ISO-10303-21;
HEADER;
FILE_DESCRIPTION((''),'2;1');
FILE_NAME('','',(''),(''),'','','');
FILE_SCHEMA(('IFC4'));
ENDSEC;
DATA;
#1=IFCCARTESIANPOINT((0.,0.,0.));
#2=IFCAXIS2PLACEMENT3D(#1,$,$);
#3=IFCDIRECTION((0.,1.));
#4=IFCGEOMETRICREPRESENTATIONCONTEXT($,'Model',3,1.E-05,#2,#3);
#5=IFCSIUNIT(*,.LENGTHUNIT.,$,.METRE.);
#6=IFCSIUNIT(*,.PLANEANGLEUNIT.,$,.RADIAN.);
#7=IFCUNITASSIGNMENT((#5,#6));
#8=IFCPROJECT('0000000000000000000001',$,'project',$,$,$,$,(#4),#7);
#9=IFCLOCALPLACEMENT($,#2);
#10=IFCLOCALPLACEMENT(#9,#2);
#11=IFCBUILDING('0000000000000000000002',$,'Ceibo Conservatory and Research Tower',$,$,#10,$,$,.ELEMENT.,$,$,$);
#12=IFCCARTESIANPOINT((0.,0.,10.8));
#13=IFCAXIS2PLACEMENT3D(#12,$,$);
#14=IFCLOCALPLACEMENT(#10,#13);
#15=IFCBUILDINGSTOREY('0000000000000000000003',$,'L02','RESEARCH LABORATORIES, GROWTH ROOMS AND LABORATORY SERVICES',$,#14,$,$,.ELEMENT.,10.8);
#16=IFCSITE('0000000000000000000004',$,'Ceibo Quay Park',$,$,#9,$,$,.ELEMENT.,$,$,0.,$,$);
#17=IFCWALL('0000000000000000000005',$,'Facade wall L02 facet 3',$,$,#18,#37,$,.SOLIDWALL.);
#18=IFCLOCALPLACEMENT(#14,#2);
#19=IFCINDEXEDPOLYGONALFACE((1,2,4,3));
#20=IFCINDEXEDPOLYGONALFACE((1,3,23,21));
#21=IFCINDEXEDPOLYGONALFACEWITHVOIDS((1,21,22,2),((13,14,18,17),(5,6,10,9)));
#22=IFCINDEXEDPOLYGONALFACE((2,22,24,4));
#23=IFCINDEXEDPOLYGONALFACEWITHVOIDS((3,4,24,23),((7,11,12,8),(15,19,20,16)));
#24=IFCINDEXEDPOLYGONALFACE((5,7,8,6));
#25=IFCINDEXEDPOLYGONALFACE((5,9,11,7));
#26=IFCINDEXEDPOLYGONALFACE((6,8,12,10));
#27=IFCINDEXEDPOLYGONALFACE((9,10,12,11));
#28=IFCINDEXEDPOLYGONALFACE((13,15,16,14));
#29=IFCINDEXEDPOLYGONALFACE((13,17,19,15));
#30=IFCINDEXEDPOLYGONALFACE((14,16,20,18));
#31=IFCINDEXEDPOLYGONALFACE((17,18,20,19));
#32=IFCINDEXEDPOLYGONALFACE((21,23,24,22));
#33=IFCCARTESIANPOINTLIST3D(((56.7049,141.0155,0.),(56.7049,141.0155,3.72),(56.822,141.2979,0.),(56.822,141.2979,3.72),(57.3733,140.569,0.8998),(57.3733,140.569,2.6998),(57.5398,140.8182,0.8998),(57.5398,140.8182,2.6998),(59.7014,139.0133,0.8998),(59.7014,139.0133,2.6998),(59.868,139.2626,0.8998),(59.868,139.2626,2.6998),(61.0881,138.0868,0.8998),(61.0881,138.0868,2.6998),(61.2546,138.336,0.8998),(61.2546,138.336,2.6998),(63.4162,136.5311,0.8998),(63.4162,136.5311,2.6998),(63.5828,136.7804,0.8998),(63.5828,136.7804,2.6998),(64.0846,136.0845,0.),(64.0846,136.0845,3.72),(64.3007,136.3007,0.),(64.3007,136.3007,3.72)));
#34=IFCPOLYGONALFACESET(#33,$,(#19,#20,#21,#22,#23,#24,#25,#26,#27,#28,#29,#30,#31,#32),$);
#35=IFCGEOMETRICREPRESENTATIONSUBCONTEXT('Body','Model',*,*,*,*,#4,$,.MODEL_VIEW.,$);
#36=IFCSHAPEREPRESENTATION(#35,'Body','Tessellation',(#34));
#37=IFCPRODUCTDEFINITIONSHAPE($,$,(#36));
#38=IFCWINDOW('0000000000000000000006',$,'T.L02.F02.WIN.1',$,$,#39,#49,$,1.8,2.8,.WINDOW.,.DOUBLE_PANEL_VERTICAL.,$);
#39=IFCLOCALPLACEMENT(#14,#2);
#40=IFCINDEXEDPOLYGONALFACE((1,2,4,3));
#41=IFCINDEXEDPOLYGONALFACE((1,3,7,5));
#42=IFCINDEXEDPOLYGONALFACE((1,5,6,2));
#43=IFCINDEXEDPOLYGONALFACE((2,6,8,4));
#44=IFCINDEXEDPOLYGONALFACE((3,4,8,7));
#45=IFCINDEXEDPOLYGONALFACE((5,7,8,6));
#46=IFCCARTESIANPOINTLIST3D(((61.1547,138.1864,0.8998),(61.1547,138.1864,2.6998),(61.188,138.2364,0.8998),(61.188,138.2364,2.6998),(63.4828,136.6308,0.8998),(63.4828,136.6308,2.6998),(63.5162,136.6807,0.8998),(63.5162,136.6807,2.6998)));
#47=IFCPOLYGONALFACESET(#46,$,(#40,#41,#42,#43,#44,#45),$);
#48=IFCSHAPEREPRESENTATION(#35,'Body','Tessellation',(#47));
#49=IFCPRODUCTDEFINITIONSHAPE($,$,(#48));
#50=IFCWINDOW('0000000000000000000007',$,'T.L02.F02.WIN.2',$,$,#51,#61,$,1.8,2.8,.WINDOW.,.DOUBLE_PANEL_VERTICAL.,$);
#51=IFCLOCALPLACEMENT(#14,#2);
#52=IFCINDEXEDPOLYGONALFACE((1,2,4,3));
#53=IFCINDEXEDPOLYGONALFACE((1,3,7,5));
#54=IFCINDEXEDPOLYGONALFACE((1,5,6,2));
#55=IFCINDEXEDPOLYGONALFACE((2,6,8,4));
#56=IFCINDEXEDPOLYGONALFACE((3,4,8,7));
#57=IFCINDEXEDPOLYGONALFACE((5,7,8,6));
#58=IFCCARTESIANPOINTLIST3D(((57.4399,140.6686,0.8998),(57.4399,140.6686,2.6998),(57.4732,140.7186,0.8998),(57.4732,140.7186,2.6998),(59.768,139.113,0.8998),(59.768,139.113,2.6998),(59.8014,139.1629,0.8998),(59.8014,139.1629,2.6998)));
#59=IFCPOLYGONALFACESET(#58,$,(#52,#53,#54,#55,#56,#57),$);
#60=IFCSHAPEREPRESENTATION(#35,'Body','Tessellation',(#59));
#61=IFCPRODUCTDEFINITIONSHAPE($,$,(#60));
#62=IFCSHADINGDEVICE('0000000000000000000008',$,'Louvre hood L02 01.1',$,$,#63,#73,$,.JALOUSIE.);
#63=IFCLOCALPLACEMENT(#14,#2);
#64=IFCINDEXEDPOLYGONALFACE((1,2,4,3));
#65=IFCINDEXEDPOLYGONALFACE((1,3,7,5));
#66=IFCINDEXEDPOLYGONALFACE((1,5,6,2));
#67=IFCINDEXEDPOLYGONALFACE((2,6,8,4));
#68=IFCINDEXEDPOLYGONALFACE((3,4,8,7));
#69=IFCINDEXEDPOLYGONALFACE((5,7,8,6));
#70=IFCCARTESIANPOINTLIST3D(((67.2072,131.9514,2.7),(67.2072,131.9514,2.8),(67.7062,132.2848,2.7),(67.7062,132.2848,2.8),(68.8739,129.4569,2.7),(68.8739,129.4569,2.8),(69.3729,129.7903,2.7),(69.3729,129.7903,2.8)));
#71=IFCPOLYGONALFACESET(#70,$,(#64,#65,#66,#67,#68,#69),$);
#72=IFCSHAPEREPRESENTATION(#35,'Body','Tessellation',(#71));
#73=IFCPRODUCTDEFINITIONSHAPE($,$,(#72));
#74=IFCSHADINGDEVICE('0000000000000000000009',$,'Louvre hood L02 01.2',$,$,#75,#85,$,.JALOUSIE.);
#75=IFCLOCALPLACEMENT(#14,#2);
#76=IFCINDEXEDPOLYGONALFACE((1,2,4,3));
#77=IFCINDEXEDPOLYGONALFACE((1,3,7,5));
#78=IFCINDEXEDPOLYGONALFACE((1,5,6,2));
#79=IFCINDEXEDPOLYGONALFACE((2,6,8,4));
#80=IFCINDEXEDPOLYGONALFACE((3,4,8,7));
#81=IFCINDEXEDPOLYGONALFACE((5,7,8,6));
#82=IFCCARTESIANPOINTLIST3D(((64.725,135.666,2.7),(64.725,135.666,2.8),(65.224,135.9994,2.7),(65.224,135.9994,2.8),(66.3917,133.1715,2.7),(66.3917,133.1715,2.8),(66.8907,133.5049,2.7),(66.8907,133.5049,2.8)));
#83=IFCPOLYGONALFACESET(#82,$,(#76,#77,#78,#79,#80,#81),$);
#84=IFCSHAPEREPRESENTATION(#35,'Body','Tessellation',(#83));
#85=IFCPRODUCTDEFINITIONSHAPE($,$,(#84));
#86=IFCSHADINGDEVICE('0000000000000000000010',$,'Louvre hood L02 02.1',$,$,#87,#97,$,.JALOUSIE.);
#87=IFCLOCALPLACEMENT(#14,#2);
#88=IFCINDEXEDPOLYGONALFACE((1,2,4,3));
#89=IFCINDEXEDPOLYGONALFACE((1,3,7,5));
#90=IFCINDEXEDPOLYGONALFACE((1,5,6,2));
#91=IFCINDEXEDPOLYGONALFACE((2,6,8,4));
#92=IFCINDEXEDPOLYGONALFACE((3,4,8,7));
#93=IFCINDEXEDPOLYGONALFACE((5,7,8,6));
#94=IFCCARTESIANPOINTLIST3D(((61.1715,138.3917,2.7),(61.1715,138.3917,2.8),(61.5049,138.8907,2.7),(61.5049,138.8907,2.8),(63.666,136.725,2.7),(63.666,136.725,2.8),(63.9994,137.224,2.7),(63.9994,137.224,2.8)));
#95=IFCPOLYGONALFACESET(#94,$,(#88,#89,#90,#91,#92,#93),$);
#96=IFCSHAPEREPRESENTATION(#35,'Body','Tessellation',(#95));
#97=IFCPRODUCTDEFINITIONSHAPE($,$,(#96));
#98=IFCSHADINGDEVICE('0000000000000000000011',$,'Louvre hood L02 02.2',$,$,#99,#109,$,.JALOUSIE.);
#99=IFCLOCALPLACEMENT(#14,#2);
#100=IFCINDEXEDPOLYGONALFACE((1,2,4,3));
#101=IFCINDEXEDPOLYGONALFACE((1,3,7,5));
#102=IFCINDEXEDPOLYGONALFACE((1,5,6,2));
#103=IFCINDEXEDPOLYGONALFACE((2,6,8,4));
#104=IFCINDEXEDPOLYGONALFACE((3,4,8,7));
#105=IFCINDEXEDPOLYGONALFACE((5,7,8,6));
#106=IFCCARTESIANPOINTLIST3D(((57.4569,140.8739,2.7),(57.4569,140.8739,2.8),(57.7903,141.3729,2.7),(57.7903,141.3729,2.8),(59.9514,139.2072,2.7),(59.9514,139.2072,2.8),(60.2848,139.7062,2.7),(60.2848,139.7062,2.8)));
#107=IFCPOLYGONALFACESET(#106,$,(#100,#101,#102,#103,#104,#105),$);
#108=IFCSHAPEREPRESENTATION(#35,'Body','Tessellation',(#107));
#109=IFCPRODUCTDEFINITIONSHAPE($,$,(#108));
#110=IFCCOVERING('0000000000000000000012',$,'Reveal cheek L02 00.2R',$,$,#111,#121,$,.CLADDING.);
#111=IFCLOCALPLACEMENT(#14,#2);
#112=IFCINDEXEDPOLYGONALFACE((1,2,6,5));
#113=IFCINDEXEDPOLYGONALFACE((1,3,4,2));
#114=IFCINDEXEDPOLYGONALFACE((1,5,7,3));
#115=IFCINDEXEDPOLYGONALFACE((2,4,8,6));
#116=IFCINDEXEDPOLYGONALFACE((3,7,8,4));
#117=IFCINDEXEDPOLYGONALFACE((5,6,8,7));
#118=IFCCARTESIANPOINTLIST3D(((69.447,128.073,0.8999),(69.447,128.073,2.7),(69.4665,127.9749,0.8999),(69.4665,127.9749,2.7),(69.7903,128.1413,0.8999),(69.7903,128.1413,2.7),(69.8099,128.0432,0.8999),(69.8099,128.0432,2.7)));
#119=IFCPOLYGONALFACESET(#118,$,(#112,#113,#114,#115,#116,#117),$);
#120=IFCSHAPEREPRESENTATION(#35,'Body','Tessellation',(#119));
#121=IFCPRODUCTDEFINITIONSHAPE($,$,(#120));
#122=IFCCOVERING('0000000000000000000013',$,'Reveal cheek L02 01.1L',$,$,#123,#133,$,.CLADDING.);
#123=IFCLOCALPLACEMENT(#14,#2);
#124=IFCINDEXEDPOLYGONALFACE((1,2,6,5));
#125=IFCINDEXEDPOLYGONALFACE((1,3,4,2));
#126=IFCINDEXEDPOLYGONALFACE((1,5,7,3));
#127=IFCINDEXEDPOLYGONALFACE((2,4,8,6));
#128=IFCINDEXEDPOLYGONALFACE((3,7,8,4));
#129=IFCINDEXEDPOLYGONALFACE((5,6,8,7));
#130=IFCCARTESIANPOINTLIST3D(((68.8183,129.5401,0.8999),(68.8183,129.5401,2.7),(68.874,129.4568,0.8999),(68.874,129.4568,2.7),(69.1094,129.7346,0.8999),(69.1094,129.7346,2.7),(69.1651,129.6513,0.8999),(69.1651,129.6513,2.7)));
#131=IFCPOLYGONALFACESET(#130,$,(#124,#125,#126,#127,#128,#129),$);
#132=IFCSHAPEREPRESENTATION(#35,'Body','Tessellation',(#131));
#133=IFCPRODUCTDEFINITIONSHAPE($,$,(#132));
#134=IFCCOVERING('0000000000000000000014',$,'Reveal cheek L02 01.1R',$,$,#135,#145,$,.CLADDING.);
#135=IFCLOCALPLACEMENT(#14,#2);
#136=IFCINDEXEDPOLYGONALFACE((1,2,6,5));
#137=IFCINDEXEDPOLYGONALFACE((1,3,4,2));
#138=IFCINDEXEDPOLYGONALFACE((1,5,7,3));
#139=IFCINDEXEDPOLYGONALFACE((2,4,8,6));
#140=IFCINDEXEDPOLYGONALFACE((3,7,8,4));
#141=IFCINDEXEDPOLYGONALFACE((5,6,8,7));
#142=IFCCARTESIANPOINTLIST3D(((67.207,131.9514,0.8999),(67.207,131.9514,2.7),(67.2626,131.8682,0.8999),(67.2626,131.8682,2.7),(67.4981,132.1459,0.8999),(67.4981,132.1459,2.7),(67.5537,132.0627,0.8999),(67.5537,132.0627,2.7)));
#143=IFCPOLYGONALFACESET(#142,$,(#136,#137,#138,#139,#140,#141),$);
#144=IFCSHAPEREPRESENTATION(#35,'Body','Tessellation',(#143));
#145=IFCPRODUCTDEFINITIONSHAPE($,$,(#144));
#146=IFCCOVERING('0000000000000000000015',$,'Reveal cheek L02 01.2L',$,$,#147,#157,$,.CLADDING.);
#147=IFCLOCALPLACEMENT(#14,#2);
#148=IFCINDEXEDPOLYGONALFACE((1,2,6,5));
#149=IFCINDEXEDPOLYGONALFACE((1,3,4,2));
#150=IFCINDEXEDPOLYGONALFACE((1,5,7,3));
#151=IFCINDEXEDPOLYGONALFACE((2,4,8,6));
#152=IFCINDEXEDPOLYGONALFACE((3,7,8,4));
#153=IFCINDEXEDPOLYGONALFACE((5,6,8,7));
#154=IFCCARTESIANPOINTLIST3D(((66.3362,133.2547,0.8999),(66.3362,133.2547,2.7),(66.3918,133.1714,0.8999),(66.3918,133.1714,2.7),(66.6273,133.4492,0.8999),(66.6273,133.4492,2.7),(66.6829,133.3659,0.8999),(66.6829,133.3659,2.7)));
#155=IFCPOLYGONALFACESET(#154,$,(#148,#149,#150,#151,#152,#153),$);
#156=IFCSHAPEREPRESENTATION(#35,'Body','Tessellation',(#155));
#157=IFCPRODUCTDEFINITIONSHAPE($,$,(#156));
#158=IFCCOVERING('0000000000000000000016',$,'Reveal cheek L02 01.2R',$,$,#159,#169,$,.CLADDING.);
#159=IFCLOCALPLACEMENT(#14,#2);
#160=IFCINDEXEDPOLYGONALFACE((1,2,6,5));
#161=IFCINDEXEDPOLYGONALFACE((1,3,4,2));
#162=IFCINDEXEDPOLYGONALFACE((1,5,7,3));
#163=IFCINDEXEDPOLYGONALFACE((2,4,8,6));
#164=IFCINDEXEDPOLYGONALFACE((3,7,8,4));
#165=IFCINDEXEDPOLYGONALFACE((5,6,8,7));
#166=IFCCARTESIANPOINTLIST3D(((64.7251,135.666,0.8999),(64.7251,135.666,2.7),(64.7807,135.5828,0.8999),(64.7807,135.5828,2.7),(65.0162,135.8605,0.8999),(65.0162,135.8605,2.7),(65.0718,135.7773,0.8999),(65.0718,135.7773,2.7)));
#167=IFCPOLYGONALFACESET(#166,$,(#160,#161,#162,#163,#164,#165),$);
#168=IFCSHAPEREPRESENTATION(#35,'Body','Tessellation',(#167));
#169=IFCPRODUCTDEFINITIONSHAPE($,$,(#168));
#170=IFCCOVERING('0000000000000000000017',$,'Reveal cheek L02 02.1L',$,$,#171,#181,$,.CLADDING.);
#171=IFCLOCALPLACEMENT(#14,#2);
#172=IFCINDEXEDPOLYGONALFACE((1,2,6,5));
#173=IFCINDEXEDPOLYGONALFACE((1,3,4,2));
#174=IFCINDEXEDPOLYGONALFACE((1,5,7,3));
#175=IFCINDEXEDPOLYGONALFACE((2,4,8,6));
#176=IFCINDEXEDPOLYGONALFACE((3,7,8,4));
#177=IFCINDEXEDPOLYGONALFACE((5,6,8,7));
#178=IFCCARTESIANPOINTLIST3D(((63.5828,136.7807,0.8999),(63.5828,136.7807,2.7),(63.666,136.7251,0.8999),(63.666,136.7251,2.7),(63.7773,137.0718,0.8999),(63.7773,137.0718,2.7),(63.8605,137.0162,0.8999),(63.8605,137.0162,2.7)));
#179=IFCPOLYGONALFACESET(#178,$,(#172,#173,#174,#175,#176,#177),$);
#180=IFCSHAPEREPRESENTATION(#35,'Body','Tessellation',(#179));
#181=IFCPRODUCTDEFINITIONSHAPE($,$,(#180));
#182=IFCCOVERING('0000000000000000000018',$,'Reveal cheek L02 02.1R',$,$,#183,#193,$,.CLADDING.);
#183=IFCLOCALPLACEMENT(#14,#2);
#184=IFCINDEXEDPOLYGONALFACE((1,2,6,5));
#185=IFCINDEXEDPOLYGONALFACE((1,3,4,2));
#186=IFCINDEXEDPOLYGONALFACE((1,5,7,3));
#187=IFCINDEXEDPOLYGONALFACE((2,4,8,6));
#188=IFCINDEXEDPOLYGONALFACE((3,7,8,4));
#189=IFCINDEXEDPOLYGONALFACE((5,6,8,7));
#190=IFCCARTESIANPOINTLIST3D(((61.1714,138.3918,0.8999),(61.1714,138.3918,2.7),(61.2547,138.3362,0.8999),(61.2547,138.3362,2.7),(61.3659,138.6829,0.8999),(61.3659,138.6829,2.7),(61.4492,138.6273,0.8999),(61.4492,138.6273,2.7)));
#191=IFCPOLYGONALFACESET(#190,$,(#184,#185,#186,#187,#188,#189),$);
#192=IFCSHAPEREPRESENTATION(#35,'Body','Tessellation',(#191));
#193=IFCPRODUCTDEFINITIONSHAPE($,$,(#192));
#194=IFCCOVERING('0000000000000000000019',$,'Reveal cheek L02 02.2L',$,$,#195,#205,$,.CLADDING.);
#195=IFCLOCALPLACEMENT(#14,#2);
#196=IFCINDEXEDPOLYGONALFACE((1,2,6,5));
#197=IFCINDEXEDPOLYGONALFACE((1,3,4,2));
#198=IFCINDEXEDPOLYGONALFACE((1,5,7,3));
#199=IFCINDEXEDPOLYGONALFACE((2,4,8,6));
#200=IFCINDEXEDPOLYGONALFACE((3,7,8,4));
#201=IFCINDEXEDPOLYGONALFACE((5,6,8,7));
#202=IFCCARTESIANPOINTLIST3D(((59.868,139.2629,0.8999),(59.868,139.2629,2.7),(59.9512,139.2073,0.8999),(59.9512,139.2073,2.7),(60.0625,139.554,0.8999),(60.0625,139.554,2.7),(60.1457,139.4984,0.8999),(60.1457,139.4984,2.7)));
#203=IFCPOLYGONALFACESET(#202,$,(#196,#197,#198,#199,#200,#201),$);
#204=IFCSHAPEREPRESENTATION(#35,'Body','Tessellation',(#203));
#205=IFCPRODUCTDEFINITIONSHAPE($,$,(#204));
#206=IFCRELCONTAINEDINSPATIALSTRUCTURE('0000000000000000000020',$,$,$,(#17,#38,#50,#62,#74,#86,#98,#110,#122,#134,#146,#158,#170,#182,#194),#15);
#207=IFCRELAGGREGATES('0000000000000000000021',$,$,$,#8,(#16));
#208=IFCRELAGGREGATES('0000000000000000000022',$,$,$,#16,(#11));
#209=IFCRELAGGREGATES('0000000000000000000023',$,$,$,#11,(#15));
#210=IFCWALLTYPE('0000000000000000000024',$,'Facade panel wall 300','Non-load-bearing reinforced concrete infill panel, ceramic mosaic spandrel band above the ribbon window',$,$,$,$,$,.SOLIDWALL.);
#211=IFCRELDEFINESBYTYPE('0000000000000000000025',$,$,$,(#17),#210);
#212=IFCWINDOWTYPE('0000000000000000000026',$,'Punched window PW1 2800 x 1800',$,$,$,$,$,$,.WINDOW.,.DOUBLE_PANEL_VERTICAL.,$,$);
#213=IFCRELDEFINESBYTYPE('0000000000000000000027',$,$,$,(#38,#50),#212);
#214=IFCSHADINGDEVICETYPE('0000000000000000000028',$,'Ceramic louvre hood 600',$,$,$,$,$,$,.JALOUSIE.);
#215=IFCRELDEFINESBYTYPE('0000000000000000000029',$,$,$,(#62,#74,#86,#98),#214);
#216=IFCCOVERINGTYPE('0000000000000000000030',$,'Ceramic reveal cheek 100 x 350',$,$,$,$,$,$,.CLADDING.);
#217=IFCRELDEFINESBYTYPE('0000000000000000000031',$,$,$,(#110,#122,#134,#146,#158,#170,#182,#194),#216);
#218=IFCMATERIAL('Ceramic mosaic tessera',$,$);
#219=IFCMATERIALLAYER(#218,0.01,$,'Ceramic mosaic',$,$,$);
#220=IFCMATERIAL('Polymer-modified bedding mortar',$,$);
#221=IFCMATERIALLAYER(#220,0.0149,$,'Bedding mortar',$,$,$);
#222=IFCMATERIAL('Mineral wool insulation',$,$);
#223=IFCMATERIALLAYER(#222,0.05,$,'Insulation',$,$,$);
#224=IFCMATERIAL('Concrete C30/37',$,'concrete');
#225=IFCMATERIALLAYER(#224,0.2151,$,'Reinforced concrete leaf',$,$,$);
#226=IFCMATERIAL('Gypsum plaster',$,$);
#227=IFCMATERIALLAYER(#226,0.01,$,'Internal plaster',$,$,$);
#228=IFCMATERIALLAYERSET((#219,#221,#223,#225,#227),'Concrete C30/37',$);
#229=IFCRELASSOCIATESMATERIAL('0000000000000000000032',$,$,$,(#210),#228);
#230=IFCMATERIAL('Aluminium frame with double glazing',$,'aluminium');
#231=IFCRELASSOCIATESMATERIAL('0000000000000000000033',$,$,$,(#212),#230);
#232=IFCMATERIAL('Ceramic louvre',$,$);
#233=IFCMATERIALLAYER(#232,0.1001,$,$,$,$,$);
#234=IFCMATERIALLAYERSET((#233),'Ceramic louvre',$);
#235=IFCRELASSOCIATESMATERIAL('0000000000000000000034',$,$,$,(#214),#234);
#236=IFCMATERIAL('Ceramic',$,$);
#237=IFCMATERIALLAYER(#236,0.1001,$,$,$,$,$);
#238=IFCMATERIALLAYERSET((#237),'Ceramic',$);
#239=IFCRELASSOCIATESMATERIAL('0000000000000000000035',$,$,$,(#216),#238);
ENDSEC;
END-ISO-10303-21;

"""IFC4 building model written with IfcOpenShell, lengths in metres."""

from ifc_helpers import new_model, si_unit, direction, frame, frame_2d, origin, origin_2d, place, context, subcontext, project, spatial, polyline, rectangle, outline, extrude, material, layer, layer_set, type_object, element, fill, save


model = new_model("IFC4")

# Units and contexts
model_context = context("Model", 3, precision=1e-05, world=origin(), true_north=direction((0.0, 1.0)))
body_context = subcontext(model_context, "Body", "Model", "MODEL_VIEW")
ifc_project = project(units=[si_unit("LENGTHUNIT", "METRE"), si_unit("PLANEANGLEUNIT", "RADIAN")], contexts=[model_context])

# Site, building, storey
site_placement = place(None, origin())
site = spatial("IfcSite", under=ifc_project, at=site_placement, Name="Ceibo Quay Park", CompositionType="ELEMENT", RefElevation=0.0)
building_placement = place(site_placement, origin())
building = spatial("IfcBuilding", under=site, at=building_placement, Name="Ceibo Conservatory and Research Tower", CompositionType="ELEMENT")
storey_placement = place(building_placement, frame((0.0, 0.0, 10.8)))
storey = spatial("IfcBuildingStorey", under=building, at=storey_placement, Name="L02", Description="RESEARCH LABORATORIES, GROWTH ROOMS AND LABORATORY SERVICES", CompositionType="ELEMENT", Elevation=10.8)

# Wall, openings, windows
ifc_material_1 = material(Name="Ceramic mosaic tessera")
ifc_layer_1 = layer(ifc_material_1, 0.01, Name="Ceramic mosaic")
ifc_material_2 = material(Name="Polymer-modified bedding mortar")
ifc_layer_2 = layer(ifc_material_2, 0.0149, Name="Bedding mortar")
ifc_material_3 = material(Name="Mineral wool insulation")
ifc_layer_3 = layer(ifc_material_3, 0.05, Name="Insulation")
ifc_material_4 = material(Name="Concrete C30/37", Category="concrete")
ifc_layer_4 = layer(ifc_material_4, 0.2151, Name="Reinforced concrete leaf")
ifc_material_5 = material(Name="Gypsum plaster")
ifc_layer_5 = layer(ifc_material_5, 0.01, Name="Internal plaster")
ifc_layer_set_1 = layer_set([ifc_layer_1, ifc_layer_2, ifc_layer_3, ifc_layer_4, ifc_layer_5], Name="Concrete C30/37")
wall_type = type_object("IfcWallType", Name="Facade panel wall 300", Description="Non-load-bearing reinforced concrete infill panel, ceramic mosaic spandrel band above the ribbon window", PredefinedType="SOLIDWALL", material=ifc_layer_set_1)
ifc_material_6 = material(Name="Aluminium frame with double glazing", Category="aluminium")
window_type = type_object("IfcWindowType", Name="Punched window PW1 2800 x 1800", PartitioningType="DOUBLE_PANEL_VERTICAL", PredefinedType="WINDOW", material=ifc_material_6)
wall_1_placement = place(storey_placement, frame((64.1926, 136.1926, 0.0), z_axis=(0.0, 0.0, 1.0), x_axis=(-0.831466, 0.555576, 0.0)))
wall_1 = element("IfcWall", 1, at=wall_1_placement, inside=storey, type_object=wall_type, Name="Facade wall L02 facet 3", PredefinedType="SOLIDWALL", context=body_context, shape_type="SweptSolid", body=[
    extrude(outline(polyline([(-0.0298, -0.1499), (8.9648, -0.1499), (8.9053, 0.1499), (0.0298, 0.1499), (-0.0298, -0.1499)])), origin(), (0.0, 0.0, 1.0), 3.72),
])
opening_1_placement = place(wall_1_placement, frame((0.8337, 0.0, 0.8999)))
opening_1 = element("IfcOpeningElement", 2, at=opening_1_placement, cuts=wall_1, PredefinedType="OPENING", context=body_context, shape_type="SweptSolid", body=[
    extrude(rectangle(XDim=2.8, YDim=1.8, at=frame_2d((1.3999, 0.8999))), frame((0.0, 0.1599, 0.0), z_axis=(0.0, -1.0, 0.0), x_axis=(1.0, 0.0, 0.0)), (0.0, 0.0, 1.0), 0.3201),
])
opening_2_placement = place(wall_1_placement, frame((5.3015, 0.0, 0.8999)))
opening_2 = element("IfcOpeningElement", 3, at=opening_2_placement, cuts=wall_1, PredefinedType="OPENING", context=body_context, shape_type="SweptSolid", body=[
    extrude(rectangle(XDim=2.8, YDim=1.8, at=frame_2d((1.3999, 0.8999))), frame((0.0, 0.1599, 0.0), z_axis=(0.0, -1.0, 0.0), x_axis=(1.0, 0.0, 0.0)), (0.0, 0.0, 1.0), 0.3201),
])
window_1_placement = place(opening_1_placement, origin())
window_1 = element("IfcWindow", 4, at=window_1_placement, inside=storey, type_object=window_type, Name="T.L02.F02.WIN.1", OverallHeight=1.8, OverallWidth=2.8, PartitioningType="DOUBLE_PANEL_VERTICAL", PredefinedType="WINDOW", context=body_context, shape_type="SweptSolid", body=[
    extrude(rectangle(XDim=2.8, YDim=1.8, at=frame_2d((1.3999, 0.8999))), frame((0.0, 0.03, 0.0), z_axis=(0.0, -1.0, 0.0), x_axis=(1.0, 0.0, 0.0)), (0.0, 0.0, 1.0), 0.0601),
])
fill(opening_1, window_1)
window_2_placement = place(opening_2_placement, origin())
window_2 = element("IfcWindow", 5, at=window_2_placement, inside=storey, type_object=window_type, Name="T.L02.F02.WIN.2", OverallHeight=1.8, OverallWidth=2.8, PartitioningType="DOUBLE_PANEL_VERTICAL", PredefinedType="WINDOW", context=body_context, shape_type="SweptSolid", body=[
    extrude(rectangle(XDim=2.8, YDim=1.8, at=frame_2d((1.3999, 0.8999))), frame((0.0, 0.03, 0.0), z_axis=(0.0, -1.0, 0.0), x_axis=(1.0, 0.0, 0.0)), (0.0, 0.0, 1.0), 0.0601),
])
fill(opening_2, window_2)

# Shading devices
ifc_material_7 = material(Name="Ceramic louvre")
ifc_layer_6 = layer(ifc_material_7, 0.1001)
ifc_layer_set_2 = layer_set([ifc_layer_6], Name="Ceramic louvre")
shading_device_type = type_object("IfcShadingDeviceType", Name="Ceramic louvre hood 600", PredefinedType="JALOUSIE", material=ifc_layer_set_2)
for number, where, z_axis, x_axis, name in (
    (6, (68.29, 130.8708, 2.7), (0.0, 0.0, 1.0), (-0.55557, 0.83147, 0.0), "Louvre hood L02 01.1"),
    (7, (65.8079, 134.5854, 2.7), (0.0, 0.0, 1.0), (-0.55557, 0.83147, 0.0), "Louvre hood L02 01.2"),
    (8, (62.5854, 137.8079, 2.7), (0.0, 0.0, 1.0), (-0.83147, 0.55557, 0.0), "Louvre hood L02 02.1"),
    (9, (58.8708, 140.29, 2.7), (0.0, 0.0, 1.0), (-0.83147, 0.55557, 0.0), "Louvre hood L02 02.2"),
):
    element("IfcShadingDevice", number, at=place(storey_placement, frame(where, z_axis=z_axis, x_axis=x_axis)), inside=storey, type_object=shading_device_type, Name=name, PredefinedType="JALOUSIE", context=body_context, shape_type="SweptSolid", body=[
        extrude(rectangle(XDim=3.0, YDim=0.6001, at=origin_2d()), origin(), (0.0, 0.0, 1.0), 0.1001),
    ])

# Coverings
ifc_material_8 = material(Name="Ceramic")
ifc_layer_7 = layer(ifc_material_8, 0.1001)
ifc_layer_set_3 = layer_set([ifc_layer_7], Name="Ceramic")
covering_type_1 = type_object("IfcCoveringType", Name="Ceramic reveal cheek 100 x 350", PredefinedType="CLADDING", material=ifc_layer_set_3)
for number, where, z_axis, x_axis, name in (
    (10, (69.6284, 128.0581, 0.8999), (0.0, 0.0, 1.0), (-0.19509, 0.980785, 0.0), "Reveal cheek L02 00.2R"),
    (11, (68.9917, 129.5957, 0.8999), (0.0, 0.0, 1.0), (-0.55557, 0.83147, 0.0), "Reveal cheek L02 01.1L"),
    (12, (67.3804, 132.0071, 0.8999), (0.0, 0.0, 1.0), (-0.55557, 0.83147, 0.0), "Reveal cheek L02 01.1R"),
    (13, (66.5095, 133.3103, 0.8999), (0.0, 0.0, 1.0), (-0.55557, 0.83147, 0.0), "Reveal cheek L02 01.2L"),
    (14, (64.8984, 135.7217, 0.8999), (0.0, 0.0, 1.0), (-0.55557, 0.83147, 0.0), "Reveal cheek L02 01.2R"),
    (15, (63.7217, 136.8984, 0.8999), (0.0, 0.0, 1.0), (-0.83147, 0.55557, 0.0), "Reveal cheek L02 02.1L"),
    (16, (61.3103, 138.5095, 0.8999), (0.0, 0.0, 1.0), (-0.83147, 0.55557, 0.0), "Reveal cheek L02 02.1R"),
    (17, (60.0068, 139.3806, 0.8999), (0.0, 0.0, 1.0), (-0.83147, 0.55557, 0.0), "Reveal cheek L02 02.2L"),
):
    element("IfcCovering", number, at=place(storey_placement, frame(where, z_axis=z_axis, x_axis=x_axis)), inside=storey, type_object=covering_type_1, Name=name, PredefinedType="CLADDING", context=body_context, shape_type="SweptSolid", body=[
        extrude(rectangle(XDim=0.1001, YDim=0.3501, at=origin_2d()), origin(), (0.0, 0.0, 1.0), 1.8),
    ])

save(model, "model.ifc")
